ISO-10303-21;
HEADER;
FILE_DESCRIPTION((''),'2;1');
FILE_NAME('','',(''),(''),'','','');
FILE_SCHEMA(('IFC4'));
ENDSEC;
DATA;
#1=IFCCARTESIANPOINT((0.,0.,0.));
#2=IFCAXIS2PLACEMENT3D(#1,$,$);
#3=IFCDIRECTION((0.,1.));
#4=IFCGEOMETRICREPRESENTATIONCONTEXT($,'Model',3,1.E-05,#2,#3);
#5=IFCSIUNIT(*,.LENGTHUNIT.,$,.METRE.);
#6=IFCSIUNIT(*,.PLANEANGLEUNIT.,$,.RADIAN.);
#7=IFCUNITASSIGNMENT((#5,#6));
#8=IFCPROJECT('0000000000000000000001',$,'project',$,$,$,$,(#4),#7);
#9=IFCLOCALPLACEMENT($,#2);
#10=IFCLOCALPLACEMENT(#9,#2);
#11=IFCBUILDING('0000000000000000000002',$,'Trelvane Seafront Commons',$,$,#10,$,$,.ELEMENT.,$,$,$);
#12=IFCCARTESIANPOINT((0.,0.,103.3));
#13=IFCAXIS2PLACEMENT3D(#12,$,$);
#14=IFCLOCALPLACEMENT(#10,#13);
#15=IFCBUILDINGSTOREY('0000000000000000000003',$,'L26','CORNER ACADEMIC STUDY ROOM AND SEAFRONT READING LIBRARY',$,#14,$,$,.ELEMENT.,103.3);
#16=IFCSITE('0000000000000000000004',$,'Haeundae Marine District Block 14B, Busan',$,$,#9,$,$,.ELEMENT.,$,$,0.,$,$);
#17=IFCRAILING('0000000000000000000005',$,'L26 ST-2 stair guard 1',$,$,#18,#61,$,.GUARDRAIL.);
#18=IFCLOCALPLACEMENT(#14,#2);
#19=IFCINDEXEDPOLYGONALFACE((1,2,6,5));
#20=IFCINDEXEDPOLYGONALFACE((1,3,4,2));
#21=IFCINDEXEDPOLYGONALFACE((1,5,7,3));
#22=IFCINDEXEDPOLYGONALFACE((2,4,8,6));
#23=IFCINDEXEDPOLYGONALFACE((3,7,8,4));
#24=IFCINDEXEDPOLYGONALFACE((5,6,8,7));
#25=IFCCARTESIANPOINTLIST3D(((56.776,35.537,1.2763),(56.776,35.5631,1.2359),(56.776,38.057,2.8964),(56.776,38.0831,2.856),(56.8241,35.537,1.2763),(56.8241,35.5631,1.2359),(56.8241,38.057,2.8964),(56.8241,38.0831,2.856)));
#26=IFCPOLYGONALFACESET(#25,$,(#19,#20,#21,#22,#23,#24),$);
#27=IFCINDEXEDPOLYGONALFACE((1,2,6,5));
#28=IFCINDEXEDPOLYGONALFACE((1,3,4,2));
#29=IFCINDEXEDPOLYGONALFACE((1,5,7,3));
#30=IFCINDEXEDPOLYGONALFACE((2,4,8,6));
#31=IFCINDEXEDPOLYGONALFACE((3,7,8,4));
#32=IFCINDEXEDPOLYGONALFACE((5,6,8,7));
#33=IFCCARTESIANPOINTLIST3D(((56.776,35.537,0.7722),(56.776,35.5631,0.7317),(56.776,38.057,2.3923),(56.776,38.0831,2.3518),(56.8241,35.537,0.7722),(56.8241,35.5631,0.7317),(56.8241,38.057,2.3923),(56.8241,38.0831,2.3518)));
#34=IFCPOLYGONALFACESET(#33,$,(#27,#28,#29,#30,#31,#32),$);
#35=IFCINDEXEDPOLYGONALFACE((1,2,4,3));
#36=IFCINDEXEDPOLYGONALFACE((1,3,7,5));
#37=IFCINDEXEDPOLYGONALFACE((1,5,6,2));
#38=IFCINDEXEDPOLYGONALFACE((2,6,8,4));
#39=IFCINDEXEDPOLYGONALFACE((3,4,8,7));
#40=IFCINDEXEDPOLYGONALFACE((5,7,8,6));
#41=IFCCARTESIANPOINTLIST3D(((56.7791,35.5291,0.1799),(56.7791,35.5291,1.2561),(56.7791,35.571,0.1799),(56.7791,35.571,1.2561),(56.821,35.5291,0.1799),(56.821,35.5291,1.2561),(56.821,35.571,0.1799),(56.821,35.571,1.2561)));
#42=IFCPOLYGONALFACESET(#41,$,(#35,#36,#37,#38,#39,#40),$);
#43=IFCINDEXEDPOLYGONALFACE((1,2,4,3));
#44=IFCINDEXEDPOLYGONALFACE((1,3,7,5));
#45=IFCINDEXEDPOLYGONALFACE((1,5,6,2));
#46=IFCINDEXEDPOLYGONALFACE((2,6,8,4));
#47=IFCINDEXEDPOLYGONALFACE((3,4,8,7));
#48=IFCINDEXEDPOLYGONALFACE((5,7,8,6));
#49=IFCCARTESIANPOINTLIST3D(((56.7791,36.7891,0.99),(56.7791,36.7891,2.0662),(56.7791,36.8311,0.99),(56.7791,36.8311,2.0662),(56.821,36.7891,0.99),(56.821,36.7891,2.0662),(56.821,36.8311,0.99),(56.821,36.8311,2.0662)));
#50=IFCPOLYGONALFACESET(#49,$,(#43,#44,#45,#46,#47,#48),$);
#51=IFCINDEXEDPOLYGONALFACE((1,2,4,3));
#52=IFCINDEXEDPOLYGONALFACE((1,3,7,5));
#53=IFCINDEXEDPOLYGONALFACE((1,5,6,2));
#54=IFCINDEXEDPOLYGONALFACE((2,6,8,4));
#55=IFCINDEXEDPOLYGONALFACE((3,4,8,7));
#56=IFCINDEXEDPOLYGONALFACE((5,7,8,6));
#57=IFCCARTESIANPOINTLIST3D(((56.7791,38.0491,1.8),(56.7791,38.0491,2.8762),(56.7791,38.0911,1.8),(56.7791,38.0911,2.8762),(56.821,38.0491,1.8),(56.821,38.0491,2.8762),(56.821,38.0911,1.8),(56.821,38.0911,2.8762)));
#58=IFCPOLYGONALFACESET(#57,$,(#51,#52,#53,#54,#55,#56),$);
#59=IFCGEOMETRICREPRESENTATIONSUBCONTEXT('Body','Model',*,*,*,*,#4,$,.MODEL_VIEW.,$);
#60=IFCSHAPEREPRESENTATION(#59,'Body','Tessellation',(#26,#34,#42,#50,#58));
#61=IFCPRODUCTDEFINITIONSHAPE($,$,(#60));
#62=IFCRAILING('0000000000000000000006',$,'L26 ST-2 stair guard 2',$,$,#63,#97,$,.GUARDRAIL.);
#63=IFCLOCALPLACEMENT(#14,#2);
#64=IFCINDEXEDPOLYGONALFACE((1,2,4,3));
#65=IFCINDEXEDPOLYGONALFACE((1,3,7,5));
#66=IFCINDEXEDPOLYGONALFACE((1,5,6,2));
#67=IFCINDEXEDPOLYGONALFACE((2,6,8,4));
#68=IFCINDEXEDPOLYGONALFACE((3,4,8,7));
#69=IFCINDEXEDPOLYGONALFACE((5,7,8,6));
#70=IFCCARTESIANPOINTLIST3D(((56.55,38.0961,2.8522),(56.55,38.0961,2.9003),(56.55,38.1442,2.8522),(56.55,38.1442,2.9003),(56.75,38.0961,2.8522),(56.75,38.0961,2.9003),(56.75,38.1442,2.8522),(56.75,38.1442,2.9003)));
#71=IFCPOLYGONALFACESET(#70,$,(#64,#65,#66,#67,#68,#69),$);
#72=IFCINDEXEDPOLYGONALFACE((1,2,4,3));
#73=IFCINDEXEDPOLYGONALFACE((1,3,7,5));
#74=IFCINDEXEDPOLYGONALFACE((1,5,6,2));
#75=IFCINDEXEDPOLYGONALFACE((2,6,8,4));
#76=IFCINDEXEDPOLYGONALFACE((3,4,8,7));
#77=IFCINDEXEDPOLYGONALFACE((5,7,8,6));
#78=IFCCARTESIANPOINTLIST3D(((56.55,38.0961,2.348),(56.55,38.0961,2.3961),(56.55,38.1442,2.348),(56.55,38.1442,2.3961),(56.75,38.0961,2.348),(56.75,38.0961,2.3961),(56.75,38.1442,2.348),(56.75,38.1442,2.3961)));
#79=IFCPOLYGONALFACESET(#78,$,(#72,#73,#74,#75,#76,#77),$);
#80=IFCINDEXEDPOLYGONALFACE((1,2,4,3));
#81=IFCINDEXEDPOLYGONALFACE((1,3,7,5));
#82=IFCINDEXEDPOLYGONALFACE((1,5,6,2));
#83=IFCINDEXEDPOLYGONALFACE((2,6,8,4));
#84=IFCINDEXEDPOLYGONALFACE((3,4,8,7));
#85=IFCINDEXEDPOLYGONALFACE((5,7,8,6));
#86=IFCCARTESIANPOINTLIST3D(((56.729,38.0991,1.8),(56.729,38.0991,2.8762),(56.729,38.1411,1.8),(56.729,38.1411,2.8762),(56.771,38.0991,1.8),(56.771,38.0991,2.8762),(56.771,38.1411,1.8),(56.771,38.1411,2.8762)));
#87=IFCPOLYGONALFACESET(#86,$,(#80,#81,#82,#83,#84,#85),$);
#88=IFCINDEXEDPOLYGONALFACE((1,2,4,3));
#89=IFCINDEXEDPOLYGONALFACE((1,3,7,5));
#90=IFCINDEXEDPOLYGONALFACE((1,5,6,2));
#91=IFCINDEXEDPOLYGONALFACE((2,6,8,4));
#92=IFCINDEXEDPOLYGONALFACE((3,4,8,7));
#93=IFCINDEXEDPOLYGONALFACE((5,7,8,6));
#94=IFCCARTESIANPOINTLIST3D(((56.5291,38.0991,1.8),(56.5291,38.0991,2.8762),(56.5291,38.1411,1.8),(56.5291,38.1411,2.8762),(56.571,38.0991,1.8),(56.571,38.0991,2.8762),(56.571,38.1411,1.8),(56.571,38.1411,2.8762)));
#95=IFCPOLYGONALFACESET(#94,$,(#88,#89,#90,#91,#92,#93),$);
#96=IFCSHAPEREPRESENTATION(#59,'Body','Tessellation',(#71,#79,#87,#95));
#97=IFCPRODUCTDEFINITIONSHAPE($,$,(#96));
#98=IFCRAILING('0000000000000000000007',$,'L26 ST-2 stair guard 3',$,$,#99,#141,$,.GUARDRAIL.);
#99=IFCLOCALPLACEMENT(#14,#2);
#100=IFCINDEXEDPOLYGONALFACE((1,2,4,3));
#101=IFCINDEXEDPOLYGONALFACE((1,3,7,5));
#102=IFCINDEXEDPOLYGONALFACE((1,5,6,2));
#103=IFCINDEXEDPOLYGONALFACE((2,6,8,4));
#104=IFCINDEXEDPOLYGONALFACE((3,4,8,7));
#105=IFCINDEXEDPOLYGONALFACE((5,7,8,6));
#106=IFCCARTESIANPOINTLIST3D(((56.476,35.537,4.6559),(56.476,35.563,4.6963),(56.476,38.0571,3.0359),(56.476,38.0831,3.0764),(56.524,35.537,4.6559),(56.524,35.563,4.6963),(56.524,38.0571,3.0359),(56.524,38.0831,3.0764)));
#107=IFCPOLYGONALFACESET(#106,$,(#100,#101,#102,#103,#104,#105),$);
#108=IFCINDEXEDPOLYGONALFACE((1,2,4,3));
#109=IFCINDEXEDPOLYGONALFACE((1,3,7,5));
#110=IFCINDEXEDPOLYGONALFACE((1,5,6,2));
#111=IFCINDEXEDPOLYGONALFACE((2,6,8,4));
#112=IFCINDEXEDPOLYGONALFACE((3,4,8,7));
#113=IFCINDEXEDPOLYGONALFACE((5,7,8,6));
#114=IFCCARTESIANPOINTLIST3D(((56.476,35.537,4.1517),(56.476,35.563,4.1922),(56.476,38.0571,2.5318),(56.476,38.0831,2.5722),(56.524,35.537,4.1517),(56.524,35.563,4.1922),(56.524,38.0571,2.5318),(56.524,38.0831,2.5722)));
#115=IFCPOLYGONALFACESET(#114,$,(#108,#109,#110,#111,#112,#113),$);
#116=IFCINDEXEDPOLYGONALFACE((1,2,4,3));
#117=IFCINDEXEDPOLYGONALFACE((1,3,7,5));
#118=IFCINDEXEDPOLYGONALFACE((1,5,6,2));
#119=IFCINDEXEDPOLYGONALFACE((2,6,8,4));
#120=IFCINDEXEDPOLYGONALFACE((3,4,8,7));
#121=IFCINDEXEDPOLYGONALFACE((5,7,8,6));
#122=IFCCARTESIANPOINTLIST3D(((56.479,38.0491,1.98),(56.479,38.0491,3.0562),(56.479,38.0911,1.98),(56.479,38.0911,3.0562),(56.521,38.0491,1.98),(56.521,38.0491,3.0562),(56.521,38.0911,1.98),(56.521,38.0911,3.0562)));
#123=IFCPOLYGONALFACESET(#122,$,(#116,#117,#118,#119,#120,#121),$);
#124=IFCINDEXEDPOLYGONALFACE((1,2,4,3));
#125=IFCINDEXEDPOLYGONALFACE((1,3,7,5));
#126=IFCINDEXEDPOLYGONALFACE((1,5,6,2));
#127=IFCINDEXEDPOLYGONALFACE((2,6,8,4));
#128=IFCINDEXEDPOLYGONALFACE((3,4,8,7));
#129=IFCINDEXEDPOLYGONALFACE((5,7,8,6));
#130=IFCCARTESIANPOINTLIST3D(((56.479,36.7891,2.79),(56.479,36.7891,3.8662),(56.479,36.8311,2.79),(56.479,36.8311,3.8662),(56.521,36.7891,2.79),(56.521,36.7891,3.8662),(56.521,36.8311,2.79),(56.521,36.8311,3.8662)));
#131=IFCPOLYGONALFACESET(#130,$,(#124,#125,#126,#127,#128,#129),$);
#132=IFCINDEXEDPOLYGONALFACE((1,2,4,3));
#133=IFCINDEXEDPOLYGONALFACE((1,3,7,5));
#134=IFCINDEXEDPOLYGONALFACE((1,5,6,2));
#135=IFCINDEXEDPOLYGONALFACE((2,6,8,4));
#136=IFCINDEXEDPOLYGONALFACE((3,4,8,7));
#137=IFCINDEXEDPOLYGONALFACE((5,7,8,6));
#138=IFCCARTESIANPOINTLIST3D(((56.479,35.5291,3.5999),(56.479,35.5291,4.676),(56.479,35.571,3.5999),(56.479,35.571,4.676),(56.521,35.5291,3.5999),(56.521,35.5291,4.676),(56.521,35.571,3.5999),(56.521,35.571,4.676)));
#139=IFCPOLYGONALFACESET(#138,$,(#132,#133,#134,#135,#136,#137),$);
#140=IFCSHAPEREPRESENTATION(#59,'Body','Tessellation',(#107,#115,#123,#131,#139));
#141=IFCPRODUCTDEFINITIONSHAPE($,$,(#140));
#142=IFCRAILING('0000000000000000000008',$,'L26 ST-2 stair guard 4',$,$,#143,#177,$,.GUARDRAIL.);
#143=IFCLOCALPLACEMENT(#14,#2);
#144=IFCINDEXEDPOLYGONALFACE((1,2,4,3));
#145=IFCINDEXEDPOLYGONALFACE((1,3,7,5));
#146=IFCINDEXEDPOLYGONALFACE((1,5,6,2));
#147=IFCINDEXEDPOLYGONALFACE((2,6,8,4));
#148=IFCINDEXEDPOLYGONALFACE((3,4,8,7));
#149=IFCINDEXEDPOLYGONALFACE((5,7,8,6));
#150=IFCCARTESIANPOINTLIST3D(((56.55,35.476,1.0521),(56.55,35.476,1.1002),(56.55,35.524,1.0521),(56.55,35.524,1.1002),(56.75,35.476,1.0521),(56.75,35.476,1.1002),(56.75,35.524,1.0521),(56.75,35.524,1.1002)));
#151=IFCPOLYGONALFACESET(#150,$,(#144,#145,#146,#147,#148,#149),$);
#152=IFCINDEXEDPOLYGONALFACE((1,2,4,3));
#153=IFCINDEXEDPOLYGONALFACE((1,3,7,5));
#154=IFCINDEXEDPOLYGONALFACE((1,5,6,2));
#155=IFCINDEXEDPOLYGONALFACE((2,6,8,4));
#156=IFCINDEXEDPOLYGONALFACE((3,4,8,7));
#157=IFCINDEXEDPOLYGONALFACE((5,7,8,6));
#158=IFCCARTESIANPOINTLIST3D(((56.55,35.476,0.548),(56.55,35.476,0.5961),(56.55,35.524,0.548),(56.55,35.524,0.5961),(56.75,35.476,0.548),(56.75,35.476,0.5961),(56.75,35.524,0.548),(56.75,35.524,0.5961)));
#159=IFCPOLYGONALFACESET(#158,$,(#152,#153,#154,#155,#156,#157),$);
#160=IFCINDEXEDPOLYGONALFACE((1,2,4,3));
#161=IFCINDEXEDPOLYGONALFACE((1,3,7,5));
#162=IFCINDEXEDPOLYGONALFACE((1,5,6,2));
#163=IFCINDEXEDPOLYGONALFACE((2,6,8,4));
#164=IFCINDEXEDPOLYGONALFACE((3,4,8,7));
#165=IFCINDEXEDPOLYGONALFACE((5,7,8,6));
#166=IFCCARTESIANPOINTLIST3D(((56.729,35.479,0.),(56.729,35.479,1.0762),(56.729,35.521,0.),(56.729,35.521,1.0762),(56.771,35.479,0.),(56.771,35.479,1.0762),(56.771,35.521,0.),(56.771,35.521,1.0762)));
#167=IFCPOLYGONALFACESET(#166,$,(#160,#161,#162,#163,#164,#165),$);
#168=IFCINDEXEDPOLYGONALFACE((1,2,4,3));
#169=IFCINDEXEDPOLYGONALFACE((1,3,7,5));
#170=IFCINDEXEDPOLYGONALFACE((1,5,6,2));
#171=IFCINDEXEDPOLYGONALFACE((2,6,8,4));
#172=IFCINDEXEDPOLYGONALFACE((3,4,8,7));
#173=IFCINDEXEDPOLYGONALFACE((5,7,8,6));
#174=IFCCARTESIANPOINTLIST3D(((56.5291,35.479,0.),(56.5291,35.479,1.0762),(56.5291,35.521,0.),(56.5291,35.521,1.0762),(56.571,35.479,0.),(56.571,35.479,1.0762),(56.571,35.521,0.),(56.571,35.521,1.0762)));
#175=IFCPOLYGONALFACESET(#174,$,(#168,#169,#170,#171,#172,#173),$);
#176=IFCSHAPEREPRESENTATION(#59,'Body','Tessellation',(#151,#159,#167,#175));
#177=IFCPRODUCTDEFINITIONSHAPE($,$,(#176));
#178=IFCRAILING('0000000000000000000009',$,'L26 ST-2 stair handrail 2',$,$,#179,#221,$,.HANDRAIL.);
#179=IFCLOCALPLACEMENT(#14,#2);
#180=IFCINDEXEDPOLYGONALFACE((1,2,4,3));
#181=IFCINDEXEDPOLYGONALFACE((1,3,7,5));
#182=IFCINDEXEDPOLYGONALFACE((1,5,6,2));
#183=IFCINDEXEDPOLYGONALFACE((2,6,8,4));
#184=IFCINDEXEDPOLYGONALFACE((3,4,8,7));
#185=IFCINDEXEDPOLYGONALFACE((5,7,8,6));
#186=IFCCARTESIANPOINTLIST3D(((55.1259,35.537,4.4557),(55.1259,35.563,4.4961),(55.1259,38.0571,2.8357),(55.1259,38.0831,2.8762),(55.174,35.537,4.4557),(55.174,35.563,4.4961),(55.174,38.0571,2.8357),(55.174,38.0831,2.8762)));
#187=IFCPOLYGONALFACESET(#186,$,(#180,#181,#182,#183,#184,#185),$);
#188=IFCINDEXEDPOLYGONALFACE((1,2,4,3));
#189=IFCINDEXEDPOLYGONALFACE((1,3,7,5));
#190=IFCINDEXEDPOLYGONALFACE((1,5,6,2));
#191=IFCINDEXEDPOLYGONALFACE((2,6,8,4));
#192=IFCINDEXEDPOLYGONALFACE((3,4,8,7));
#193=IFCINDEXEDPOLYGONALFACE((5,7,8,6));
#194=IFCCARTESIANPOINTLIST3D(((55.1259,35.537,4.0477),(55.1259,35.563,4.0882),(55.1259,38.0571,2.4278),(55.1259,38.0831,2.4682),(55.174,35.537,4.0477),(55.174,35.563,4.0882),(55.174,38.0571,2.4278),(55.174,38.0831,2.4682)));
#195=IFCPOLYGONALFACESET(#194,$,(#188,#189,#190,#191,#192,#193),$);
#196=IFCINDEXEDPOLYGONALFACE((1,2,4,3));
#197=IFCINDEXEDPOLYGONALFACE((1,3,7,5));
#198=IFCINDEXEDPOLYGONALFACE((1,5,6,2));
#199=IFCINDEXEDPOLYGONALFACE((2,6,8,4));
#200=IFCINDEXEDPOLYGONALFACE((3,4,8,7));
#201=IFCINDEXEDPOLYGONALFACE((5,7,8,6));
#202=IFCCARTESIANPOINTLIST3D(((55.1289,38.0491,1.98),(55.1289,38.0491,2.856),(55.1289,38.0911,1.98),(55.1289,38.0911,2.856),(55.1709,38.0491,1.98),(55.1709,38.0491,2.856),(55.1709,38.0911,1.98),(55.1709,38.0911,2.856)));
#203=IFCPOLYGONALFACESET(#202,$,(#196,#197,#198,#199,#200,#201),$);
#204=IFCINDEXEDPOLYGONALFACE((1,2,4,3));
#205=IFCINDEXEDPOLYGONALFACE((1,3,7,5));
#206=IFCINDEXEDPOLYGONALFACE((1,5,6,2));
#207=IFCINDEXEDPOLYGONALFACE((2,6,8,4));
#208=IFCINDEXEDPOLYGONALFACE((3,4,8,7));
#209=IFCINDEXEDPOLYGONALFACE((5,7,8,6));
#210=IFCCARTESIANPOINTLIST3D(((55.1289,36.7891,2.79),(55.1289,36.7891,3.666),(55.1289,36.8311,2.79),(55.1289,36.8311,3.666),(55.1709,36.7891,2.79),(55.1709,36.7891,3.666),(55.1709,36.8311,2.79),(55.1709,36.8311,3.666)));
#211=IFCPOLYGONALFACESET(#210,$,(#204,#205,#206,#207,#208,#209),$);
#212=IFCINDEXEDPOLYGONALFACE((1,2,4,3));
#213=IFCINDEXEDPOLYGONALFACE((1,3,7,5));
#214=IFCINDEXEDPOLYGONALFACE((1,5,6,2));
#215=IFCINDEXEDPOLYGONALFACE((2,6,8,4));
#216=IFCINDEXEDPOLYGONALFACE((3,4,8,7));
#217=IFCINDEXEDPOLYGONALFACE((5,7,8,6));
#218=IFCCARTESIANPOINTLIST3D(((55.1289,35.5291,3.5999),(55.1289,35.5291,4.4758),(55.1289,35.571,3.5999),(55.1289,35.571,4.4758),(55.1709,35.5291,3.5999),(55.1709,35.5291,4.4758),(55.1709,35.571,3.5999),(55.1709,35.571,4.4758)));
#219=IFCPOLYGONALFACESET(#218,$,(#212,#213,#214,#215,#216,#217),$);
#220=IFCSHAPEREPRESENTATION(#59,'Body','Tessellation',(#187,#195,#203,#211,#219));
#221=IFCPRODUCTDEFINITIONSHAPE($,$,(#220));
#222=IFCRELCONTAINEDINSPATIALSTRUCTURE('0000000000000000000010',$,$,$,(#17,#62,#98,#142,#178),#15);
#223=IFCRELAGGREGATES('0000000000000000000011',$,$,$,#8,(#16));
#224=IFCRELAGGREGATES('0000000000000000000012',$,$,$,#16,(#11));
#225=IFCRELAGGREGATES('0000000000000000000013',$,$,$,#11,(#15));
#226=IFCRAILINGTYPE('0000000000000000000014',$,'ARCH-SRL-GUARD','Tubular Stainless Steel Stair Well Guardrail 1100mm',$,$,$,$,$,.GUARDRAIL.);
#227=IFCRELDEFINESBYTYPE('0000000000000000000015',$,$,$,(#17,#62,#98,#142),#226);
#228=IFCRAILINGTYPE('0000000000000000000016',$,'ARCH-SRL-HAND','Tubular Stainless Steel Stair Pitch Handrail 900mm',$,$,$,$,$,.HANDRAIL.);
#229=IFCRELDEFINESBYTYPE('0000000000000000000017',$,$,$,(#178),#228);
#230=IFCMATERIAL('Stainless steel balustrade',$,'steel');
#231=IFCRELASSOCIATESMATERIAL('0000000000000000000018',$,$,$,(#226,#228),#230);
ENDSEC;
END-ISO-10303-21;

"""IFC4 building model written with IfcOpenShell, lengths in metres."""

from ifc_helpers import new_model, si_unit, direction, frame, origin, origin_2d, place, context, subcontext, project, spatial, rectangle, extrude, material, type_object, element, save


model = new_model("IFC4")

# Units and contexts
model_context = context("Model", 3, precision=1e-05, world=origin(), true_north=direction((0.0, 1.0)))
body_context = subcontext(model_context, "Body", "Model", "MODEL_VIEW")
ifc_project = project(units=[si_unit("LENGTHUNIT", "METRE"), si_unit("PLANEANGLEUNIT", "RADIAN")], contexts=[model_context])

# Site, building, storey
site_placement = place(None, origin())
site = spatial("IfcSite", under=ifc_project, at=site_placement, Name="Haeundae Marine District Block 14B, Busan", CompositionType="ELEMENT", RefElevation=0.0)
building_placement = place(site_placement, origin())
building = spatial("IfcBuilding", under=site, at=building_placement, Name="Trelvane Seafront Commons", CompositionType="ELEMENT")
storey_placement = place(building_placement, frame((0.0, 0.0, 103.3)))
storey = spatial("IfcBuildingStorey", under=building, at=storey_placement, Name="L26", Description="CORNER ACADEMIC STUDY ROOM AND SEAFRONT READING LIBRARY", CompositionType="ELEMENT", Elevation=103.3)

# Railings
ifc_material_1 = material(Name="Stainless steel balustrade", Category="steel")
railing_type_1 = type_object("IfcRailingType", Name="ARCH-SRL-GUARD", Description="Tubular Stainless Steel Stair Well Guardrail 1100mm", PredefinedType="GUARDRAIL", material=ifc_material_1)
railing_1_placement = place(storey_placement, frame((56.8, 35.55, 0.1799)))
element("IfcRailing", 1, at=railing_1_placement, inside=storey, type_object=railing_type_1, Name="L26 ST-2 stair guard 1", PredefinedType="GUARDRAIL", context=body_context, shape_type="SweptSolid", body=[
    extrude(rectangle(XDim=0.0481, YDim=0.0481, at=origin_2d()), frame((0.0, 0.0, 1.0762), z_axis=(0.0, 0.841163, 0.540782), x_axis=(-1.0, 0.0, 0.0)), (0.0, 0.0, 1.0), 2.9958),
    extrude(rectangle(XDim=0.0481, YDim=0.0481, at=origin_2d()), frame((0.0, 0.0, 0.572), z_axis=(0.0, 0.841163, 0.540782), x_axis=(-1.0, 0.0, 0.0)), (0.0, 0.0, 1.0), 2.9958),
    extrude(rectangle(XDim=0.042, YDim=0.042, at=origin_2d()), origin(), (0.0, 0.0, 1.0), 1.0762),
    extrude(rectangle(XDim=0.042, YDim=0.042, at=origin_2d()), frame((0.0, 1.26, 0.8101)), (0.0, 0.0, 1.0), 1.0762),
    extrude(rectangle(XDim=0.042, YDim=0.042, at=origin_2d()), frame((0.0, 2.52, 1.6201)), (0.0, 0.0, 1.0), 1.0762),
])
railing_2_placement = place(storey_placement, frame((56.75, 38.1201, 1.8)))
element("IfcRailing", 2, at=railing_2_placement, inside=storey, type_object=railing_type_1, Name="L26 ST-2 stair guard 2", PredefinedType="GUARDRAIL", context=body_context, shape_type="SweptSolid", body=[
    extrude(rectangle(XDim=0.0481, YDim=0.0481, at=origin_2d()), frame((0.0, 0.0, 1.0762), z_axis=(-1.0, 0.0, 0.0), x_axis=(0.0, -1.0, 0.0)), (0.0, 0.0, 1.0), 0.2),
    extrude(rectangle(XDim=0.0481, YDim=0.0481, at=origin_2d()), frame((0.0, 0.0, 0.572), z_axis=(-1.0, 0.0, 0.0), x_axis=(0.0, -1.0, 0.0)), (0.0, 0.0, 1.0), 0.2),
    extrude(rectangle(XDim=0.042, YDim=0.042, at=origin_2d()), origin(), (0.0, 0.0, 1.0), 1.0762),
    extrude(rectangle(XDim=0.042, YDim=0.042, at=origin_2d()), frame((-0.2, 0.0, 0.0)), (0.0, 0.0, 1.0), 1.0762),
])
railing_3_placement = place(storey_placement, frame((56.5, 38.0701, 1.98)))
element("IfcRailing", 3, at=railing_3_placement, inside=storey, type_object=railing_type_1, Name="L26 ST-2 stair guard 3", PredefinedType="GUARDRAIL", context=body_context, shape_type="SweptSolid", body=[
    extrude(rectangle(XDim=0.0481, YDim=0.0481, at=origin_2d()), frame((0.0, 0.0, 1.0762), z_axis=(0.0, -0.8412, 0.540725), x_axis=(1.0, 0.0, 0.0)), (0.0, 0.0, 1.0), 2.9958),
    extrude(rectangle(XDim=0.0481, YDim=0.0481, at=origin_2d()), frame((0.0, 0.0, 0.572), z_axis=(0.0, -0.8412, 0.540725), x_axis=(1.0, 0.0, 0.0)), (0.0, 0.0, 1.0), 2.9958),
    extrude(rectangle(XDim=0.042, YDim=0.042, at=origin_2d()), origin(), (0.0, 0.0, 1.0), 1.0762),
    extrude(rectangle(XDim=0.042, YDim=0.042, at=origin_2d()), frame((0.0, -1.26, 0.8101)), (0.0, 0.0, 1.0), 1.0762),
    extrude(rectangle(XDim=0.042, YDim=0.042, at=origin_2d()), frame((0.0, -2.52, 1.6199)), (0.0, 0.0, 1.0), 1.0762),
])
railing_4_placement = place(storey_placement, frame((56.75, 35.5, 0.0)))
element("IfcRailing", 4, at=railing_4_placement, inside=storey, type_object=railing_type_1, Name="L26 ST-2 stair guard 4", PredefinedType="GUARDRAIL", context=body_context, shape_type="SweptSolid", body=[
    extrude(rectangle(XDim=0.0481, YDim=0.0481, at=origin_2d()), frame((0.0, 0.0, 1.0762), z_axis=(-1.0, 0.0, 0.0), x_axis=(0.0, -1.0, 0.0)), (0.0, 0.0, 1.0), 0.2),
    extrude(rectangle(XDim=0.0481, YDim=0.0481, at=origin_2d()), frame((0.0, 0.0, 0.572), z_axis=(-1.0, 0.0, 0.0), x_axis=(0.0, -1.0, 0.0)), (0.0, 0.0, 1.0), 0.2),
    extrude(rectangle(XDim=0.042, YDim=0.042, at=origin_2d()), origin(), (0.0, 0.0, 1.0), 1.0762),
    extrude(rectangle(XDim=0.042, YDim=0.042, at=origin_2d()), frame((-0.2, 0.0, 0.0)), (0.0, 0.0, 1.0), 1.0762),
])
railing_type_2 = type_object("IfcRailingType", Name="ARCH-SRL-HAND", Description="Tubular Stainless Steel Stair Pitch Handrail 900mm", PredefinedType="HANDRAIL", material=ifc_material_1)
railing_5_placement = place(storey_placement, frame((55.1499, 38.0701, 1.98)))
element("IfcRailing", 5, at=railing_5_placement, inside=storey, type_object=railing_type_2, Name="L26 ST-2 stair handrail 2", PredefinedType="HANDRAIL", context=body_context, shape_type="SweptSolid", body=[
    extrude(rectangle(XDim=0.0481, YDim=0.0481, at=origin_2d()), frame((0.0, 0.0, 0.876), z_axis=(0.0, -0.8412, 0.540725), x_axis=(1.0, 0.0, 0.0)), (0.0, 0.0, 1.0), 2.9958),
    extrude(rectangle(XDim=0.0481, YDim=0.0481, at=origin_2d()), frame((0.0, 0.0, 0.468), z_axis=(0.0, -0.8412, 0.540725), x_axis=(1.0, 0.0, 0.0)), (0.0, 0.0, 1.0), 2.9958),
    extrude(rectangle(XDim=0.042, YDim=0.042, at=origin_2d()), origin(), (0.0, 0.0, 1.0), 0.876),
    extrude(rectangle(XDim=0.042, YDim=0.042, at=origin_2d()), frame((0.0, -1.26, 0.8101)), (0.0, 0.0, 1.0), 0.876),
    extrude(rectangle(XDim=0.042, YDim=0.042, at=origin_2d()), frame((0.0, -2.52, 1.6199)), (0.0, 0.0, 1.0), 0.876),
])

save(model, "model.ifc")
